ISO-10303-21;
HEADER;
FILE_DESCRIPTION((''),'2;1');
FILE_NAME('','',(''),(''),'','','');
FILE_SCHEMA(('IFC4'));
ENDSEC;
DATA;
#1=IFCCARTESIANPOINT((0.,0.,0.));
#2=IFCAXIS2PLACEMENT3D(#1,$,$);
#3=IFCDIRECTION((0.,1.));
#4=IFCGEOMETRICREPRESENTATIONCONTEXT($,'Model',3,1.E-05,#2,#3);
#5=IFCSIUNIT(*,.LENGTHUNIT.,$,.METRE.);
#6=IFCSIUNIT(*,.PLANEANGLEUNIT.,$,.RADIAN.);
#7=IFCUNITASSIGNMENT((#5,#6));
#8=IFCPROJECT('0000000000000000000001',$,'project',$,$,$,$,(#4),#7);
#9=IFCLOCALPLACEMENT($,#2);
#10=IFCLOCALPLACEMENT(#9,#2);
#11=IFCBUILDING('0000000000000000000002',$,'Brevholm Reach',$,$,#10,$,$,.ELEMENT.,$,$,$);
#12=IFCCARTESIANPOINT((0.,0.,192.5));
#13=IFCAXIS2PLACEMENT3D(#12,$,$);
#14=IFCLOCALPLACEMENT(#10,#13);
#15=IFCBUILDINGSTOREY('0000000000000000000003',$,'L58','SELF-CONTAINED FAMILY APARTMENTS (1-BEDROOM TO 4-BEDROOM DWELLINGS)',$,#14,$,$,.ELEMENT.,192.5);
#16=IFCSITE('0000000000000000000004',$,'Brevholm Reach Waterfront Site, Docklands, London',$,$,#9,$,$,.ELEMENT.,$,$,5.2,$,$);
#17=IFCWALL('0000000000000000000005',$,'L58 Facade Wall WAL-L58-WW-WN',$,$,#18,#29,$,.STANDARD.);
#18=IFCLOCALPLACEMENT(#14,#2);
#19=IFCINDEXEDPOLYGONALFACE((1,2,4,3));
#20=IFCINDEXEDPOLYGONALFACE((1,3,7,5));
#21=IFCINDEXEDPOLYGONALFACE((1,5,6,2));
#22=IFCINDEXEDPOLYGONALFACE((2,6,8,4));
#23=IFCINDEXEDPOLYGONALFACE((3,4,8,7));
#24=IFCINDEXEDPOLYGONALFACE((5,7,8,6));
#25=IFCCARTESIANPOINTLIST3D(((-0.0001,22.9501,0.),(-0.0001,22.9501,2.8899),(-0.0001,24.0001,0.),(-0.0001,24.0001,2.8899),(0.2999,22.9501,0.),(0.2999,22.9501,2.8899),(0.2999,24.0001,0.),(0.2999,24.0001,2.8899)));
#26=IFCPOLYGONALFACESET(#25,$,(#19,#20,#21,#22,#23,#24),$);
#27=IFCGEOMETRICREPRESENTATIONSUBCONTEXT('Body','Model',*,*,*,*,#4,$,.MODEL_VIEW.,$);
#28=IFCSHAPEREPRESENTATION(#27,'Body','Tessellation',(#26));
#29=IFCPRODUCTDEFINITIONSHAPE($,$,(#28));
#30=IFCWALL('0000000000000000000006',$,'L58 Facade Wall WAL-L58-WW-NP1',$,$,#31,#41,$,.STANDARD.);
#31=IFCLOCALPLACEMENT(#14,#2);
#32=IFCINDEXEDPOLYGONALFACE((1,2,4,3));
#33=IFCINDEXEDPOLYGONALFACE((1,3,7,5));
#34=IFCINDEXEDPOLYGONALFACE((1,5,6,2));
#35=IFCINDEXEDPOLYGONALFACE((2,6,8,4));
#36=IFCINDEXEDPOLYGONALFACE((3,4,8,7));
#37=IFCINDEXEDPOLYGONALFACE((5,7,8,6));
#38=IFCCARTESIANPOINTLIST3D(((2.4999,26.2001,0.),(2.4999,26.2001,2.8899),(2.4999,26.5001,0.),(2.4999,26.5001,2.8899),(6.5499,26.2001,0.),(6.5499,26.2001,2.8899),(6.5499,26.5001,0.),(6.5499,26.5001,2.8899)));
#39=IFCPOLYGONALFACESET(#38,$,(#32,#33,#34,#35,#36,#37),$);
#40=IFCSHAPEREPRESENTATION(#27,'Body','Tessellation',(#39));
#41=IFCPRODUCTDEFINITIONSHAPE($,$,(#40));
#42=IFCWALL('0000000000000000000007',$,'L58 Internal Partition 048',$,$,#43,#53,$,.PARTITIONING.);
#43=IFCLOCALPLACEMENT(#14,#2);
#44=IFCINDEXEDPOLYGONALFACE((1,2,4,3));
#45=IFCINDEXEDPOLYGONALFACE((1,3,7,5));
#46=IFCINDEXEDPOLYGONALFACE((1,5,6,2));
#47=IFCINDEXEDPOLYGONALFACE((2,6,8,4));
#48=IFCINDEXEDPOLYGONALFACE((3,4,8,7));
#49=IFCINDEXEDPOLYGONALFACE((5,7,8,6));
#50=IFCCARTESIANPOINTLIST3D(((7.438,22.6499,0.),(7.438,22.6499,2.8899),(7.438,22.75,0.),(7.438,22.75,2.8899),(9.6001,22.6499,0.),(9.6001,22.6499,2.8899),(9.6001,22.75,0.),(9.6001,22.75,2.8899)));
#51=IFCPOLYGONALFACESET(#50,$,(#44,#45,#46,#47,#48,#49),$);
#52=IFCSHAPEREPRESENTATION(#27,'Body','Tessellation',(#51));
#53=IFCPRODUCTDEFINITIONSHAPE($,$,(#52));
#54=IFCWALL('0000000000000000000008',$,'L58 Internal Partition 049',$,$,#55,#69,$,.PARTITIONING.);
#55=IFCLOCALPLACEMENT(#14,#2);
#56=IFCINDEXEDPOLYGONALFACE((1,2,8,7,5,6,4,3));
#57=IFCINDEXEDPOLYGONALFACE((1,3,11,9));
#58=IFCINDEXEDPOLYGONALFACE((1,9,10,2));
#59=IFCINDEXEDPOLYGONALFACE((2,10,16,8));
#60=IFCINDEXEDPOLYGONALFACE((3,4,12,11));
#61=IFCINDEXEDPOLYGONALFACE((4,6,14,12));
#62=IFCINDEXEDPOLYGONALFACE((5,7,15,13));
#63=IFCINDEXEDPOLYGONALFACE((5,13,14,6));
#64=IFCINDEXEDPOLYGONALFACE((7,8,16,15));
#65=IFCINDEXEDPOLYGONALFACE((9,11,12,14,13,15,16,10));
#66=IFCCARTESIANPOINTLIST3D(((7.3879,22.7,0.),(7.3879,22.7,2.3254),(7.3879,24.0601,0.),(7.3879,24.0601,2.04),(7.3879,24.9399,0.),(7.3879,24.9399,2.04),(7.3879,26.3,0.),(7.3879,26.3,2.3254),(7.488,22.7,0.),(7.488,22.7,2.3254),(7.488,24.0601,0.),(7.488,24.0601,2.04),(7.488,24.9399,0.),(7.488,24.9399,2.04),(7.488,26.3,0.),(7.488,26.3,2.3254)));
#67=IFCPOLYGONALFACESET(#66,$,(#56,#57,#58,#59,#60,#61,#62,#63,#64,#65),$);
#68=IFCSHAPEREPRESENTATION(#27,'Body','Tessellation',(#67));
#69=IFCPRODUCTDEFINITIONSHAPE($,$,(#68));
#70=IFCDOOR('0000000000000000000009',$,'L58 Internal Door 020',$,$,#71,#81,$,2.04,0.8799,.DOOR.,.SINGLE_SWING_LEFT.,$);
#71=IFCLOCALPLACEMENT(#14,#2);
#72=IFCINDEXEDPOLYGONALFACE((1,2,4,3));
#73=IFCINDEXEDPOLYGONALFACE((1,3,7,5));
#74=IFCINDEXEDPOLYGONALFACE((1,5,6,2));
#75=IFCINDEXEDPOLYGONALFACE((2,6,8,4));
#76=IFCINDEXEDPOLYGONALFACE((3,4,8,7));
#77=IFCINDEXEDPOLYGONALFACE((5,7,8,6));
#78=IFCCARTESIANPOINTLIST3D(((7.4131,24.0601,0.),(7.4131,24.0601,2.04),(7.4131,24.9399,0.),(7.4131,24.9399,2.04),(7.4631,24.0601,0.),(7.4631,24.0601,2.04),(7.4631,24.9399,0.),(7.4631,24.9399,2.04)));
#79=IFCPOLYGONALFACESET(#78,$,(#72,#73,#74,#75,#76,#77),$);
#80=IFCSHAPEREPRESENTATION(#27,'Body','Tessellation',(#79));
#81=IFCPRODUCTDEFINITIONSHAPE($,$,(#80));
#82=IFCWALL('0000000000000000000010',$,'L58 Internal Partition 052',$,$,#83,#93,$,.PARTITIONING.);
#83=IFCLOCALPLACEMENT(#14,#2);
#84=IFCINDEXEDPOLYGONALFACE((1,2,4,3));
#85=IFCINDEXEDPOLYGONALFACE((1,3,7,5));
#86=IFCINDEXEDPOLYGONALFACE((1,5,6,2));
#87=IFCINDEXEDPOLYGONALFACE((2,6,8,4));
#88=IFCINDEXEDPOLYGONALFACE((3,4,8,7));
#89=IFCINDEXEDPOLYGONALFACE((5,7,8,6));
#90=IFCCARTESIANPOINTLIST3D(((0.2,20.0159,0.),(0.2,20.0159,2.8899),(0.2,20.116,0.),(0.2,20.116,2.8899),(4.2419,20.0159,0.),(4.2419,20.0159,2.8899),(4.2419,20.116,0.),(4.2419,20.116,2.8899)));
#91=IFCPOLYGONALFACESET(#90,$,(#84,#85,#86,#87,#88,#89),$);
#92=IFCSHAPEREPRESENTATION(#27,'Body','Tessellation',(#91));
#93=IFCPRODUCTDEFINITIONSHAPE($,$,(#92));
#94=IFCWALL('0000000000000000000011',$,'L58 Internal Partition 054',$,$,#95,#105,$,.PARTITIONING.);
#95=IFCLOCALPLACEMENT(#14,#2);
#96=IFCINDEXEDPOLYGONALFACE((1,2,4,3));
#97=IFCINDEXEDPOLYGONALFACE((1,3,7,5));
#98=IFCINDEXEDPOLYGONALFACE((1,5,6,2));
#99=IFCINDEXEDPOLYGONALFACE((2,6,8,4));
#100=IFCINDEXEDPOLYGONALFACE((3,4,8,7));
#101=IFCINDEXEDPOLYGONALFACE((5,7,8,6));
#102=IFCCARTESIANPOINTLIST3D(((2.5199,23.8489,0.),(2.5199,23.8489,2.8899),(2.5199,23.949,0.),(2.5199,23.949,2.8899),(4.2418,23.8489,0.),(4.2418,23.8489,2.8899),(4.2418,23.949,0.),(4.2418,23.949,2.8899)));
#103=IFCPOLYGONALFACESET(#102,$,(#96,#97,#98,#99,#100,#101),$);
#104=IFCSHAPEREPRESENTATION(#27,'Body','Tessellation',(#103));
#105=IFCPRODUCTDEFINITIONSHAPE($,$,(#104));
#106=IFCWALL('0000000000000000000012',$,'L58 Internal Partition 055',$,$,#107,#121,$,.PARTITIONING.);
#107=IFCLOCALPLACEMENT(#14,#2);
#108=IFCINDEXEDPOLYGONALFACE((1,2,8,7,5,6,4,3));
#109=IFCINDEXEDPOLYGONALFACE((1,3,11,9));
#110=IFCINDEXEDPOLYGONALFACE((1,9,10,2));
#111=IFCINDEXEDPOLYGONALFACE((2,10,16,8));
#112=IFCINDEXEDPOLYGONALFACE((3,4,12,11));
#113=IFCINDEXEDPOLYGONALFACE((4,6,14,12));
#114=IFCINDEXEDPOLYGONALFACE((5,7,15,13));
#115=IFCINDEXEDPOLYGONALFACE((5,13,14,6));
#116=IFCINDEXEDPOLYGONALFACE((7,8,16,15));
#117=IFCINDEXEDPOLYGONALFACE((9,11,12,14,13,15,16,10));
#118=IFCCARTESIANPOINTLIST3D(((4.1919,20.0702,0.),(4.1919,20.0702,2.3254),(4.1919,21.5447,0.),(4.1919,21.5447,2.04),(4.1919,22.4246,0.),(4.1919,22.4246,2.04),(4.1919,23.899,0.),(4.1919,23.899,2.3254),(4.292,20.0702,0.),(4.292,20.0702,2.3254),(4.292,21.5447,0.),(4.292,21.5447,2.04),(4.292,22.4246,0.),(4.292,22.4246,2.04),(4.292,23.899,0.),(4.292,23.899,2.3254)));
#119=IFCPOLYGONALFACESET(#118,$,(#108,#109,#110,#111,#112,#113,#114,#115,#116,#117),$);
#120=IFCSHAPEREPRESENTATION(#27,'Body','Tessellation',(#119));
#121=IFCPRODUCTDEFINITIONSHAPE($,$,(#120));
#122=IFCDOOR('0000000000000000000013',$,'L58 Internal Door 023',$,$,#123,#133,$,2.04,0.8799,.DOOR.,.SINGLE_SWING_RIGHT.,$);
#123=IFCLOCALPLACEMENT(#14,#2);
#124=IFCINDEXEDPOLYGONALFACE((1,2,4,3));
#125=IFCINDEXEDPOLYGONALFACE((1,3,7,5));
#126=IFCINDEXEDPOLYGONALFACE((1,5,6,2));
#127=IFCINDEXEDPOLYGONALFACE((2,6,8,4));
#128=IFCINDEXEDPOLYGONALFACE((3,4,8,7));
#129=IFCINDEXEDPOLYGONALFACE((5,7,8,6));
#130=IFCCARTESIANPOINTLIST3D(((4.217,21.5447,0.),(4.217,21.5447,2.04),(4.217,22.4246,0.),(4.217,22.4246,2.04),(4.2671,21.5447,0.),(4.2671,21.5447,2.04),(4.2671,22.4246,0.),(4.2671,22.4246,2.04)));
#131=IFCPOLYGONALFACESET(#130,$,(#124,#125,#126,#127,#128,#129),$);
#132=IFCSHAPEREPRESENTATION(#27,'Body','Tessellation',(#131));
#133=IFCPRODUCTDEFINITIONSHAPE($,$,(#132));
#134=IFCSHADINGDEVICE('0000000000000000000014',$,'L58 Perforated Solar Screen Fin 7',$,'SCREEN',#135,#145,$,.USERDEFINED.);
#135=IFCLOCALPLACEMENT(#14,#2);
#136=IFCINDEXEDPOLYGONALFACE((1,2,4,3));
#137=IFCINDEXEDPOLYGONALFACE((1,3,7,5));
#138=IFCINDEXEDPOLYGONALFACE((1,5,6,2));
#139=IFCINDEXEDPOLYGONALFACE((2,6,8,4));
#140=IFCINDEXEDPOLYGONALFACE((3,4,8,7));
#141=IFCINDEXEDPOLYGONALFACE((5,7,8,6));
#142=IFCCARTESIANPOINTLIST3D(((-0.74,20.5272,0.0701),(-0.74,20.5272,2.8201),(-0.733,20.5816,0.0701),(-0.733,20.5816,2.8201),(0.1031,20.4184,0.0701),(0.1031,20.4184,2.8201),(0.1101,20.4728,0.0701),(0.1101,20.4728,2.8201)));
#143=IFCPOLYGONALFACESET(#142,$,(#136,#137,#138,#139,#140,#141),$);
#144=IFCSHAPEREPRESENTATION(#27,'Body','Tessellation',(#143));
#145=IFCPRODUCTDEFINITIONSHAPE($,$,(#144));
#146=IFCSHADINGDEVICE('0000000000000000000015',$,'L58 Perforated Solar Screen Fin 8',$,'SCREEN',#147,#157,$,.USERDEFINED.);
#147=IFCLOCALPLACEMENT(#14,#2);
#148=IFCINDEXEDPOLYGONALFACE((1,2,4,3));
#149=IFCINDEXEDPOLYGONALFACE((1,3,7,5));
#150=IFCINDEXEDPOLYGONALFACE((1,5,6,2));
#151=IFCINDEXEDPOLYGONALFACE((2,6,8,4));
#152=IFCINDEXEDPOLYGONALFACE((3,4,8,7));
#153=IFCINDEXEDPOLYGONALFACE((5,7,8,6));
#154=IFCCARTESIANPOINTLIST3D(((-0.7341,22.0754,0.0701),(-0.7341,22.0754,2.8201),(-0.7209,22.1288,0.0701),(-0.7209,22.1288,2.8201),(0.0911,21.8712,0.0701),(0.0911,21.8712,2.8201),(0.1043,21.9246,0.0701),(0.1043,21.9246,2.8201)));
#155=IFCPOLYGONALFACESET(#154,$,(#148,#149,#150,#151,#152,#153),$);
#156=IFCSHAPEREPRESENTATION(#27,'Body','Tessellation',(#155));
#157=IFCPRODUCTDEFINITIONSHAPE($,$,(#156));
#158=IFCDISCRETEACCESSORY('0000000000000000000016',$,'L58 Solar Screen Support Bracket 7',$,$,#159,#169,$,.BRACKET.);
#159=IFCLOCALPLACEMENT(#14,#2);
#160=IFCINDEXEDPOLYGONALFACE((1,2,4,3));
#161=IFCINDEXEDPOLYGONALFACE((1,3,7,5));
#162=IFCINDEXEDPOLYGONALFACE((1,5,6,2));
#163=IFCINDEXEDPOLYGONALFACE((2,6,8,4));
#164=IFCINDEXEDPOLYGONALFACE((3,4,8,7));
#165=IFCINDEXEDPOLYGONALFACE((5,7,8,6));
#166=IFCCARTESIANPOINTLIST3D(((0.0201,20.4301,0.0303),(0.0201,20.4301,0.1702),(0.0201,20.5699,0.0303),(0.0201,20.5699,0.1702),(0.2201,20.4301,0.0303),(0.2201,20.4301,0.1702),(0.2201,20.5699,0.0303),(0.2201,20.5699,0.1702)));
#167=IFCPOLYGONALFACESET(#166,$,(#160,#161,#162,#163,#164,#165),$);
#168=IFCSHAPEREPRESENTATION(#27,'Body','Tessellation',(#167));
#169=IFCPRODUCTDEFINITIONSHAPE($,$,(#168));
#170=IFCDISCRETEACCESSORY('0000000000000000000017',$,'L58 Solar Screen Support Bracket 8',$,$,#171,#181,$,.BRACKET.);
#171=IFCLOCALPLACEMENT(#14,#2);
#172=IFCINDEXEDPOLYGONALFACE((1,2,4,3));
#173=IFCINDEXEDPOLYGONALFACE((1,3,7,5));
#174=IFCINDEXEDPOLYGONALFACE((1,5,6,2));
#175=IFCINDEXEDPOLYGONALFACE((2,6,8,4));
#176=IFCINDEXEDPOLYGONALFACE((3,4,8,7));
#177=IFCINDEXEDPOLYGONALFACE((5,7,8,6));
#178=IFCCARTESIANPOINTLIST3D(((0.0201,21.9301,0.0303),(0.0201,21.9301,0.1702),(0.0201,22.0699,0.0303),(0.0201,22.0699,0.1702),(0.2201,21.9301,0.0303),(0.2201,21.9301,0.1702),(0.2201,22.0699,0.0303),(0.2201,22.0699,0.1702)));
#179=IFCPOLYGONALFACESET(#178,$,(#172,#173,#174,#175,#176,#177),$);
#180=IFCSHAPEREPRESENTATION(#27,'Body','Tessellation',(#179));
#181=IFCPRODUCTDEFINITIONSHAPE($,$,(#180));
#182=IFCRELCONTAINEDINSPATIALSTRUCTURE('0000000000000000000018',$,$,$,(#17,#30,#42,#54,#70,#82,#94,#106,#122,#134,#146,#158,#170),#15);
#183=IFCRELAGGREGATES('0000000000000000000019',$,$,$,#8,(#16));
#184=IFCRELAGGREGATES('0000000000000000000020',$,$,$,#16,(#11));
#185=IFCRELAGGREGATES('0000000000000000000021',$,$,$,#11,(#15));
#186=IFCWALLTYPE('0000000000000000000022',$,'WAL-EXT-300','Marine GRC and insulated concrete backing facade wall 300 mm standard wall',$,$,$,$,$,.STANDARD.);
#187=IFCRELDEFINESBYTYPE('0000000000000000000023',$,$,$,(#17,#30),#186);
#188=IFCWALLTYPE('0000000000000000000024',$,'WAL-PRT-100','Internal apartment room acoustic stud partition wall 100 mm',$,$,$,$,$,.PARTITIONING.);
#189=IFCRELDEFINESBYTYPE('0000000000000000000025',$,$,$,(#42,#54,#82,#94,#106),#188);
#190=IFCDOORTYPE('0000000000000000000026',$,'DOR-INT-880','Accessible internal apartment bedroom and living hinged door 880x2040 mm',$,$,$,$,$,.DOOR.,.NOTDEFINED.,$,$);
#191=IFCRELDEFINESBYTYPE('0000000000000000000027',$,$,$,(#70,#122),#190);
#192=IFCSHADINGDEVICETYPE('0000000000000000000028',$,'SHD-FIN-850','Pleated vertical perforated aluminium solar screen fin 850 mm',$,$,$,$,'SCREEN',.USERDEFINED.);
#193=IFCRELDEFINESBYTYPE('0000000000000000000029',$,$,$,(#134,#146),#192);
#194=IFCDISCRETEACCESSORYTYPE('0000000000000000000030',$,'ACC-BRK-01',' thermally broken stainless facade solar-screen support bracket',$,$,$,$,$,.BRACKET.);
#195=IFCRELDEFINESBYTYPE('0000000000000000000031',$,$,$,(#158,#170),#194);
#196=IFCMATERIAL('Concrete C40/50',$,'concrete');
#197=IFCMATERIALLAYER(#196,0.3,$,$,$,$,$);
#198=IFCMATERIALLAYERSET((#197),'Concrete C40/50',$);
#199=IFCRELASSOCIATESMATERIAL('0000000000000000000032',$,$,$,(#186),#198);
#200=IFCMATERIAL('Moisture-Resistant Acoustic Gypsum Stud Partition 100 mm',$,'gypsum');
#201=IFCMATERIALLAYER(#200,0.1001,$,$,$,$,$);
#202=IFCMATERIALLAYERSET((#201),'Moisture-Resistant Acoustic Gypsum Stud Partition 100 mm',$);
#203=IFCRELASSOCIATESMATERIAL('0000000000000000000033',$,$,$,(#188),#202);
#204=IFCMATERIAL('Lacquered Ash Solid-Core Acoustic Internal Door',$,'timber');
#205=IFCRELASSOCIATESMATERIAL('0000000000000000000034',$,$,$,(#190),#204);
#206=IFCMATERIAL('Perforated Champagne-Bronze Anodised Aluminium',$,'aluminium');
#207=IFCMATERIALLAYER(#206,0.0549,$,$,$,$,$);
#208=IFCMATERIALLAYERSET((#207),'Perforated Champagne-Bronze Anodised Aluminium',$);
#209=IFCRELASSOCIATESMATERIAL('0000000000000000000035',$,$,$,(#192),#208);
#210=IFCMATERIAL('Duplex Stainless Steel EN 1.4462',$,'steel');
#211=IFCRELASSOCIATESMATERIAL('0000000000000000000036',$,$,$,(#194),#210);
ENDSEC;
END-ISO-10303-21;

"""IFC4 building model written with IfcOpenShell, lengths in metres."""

from ifc_helpers import new_model, si_unit, direction, frame, frame_2d, origin, origin_2d, place, context, subcontext, project, spatial, rectangle, extrude, material, layer, layer_set, type_object, element, fill, save


model = new_model("IFC4")

# Units and contexts
model_context = context("Model", 3, precision=1e-05, world=origin(), true_north=direction((0.0, 1.0)))
body_context = subcontext(model_context, "Body", "Model", "MODEL_VIEW")
ifc_project = project(units=[si_unit("LENGTHUNIT", "METRE"), si_unit("PLANEANGLEUNIT", "RADIAN")], contexts=[model_context])

# Site, building, storey
site_placement = place(None, origin())
site = spatial("IfcSite", under=ifc_project, at=site_placement, Name="Brevholm Reach Waterfront Site, Docklands, London", CompositionType="ELEMENT", RefElevation=5.2)
building_placement = place(site_placement, origin())
building = spatial("IfcBuilding", under=site, at=building_placement, Name="Brevholm Reach", CompositionType="ELEMENT")
storey_placement = place(building_placement, frame((0.0, 0.0, 192.5)))
storey = spatial("IfcBuildingStorey", under=building, at=storey_placement, Name="L58", Description="SELF-CONTAINED FAMILY APARTMENTS (1-BEDROOM TO 4-BEDROOM DWELLINGS)", CompositionType="ELEMENT", Elevation=192.5)

# Walls
ifc_material_1 = material(Name="Concrete C40/50", Category="concrete")
ifc_layer_1 = layer(ifc_material_1, 0.3)
ifc_layer_set_1 = layer_set([ifc_layer_1], Name="Concrete C40/50")
wall_type_1 = type_object("IfcWallType", Name="WAL-EXT-300", Description="Marine GRC and insulated concrete backing facade wall 300 mm standard wall", PredefinedType="STANDARD", material=ifc_layer_set_1)
wall_1_placement = place(storey_placement, frame((0.1499, 24.0, 0.0), z_axis=(0.0, 0.0, 1.0), x_axis=(0.0, -1.0, 0.0)))
element("IfcWall", 1, at=wall_1_placement, inside=storey, type_object=wall_type_1, Name="L58 Facade Wall WAL-L58-WW-WN", PredefinedType="STANDARD", context=body_context, shape_type="SweptSolid", body=[
    extrude(rectangle(XDim=1.05, YDim=0.3, at=frame_2d((0.5249, 0.0))), origin(), (0.0, 0.0, 1.0), 2.8899),
])
wall_2_placement = place(storey_placement, frame((2.5, 26.3501, 0.0), z_axis=(0.0, 0.0, 1.0), x_axis=(1.0, 0.0, 0.0)))
element("IfcWall", 2, at=wall_2_placement, inside=storey, type_object=wall_type_1, Name="L58 Facade Wall WAL-L58-WW-NP1", PredefinedType="STANDARD", context=body_context, shape_type="SweptSolid", body=[
    extrude(rectangle(XDim=4.05, YDim=0.3, at=frame_2d((2.0249, 0.0))), origin(), (0.0, 0.0, 1.0), 2.8899),
])
ifc_material_2 = material(Name="Moisture-Resistant Acoustic Gypsum Stud Partition 100 mm", Category="gypsum")
ifc_layer_2 = layer(ifc_material_2, 0.1001)
ifc_layer_set_2 = layer_set([ifc_layer_2], Name="Moisture-Resistant Acoustic Gypsum Stud Partition 100 mm")
wall_type_2 = type_object("IfcWallType", Name="WAL-PRT-100", Description="Internal apartment room acoustic stud partition wall 100 mm", PredefinedType="PARTITIONING", material=ifc_layer_set_2)
wall_3_placement = place(storey_placement, frame((7.438, 22.7, 0.0), z_axis=(0.0, 0.0, 1.0), x_axis=(1.0, 0.0, 0.0)))
element("IfcWall", 3, at=wall_3_placement, inside=storey, type_object=wall_type_2, Name="L58 Internal Partition 048", PredefinedType="PARTITIONING", context=body_context, shape_type="SweptSolid", body=[
    extrude(rectangle(XDim=2.1621, YDim=0.1001, at=frame_2d((1.0811, 0.0))), origin(), (0.0, 0.0, 1.0), 2.8899),
])

# Wall, opening, door
wall_4_placement = place(storey_placement, frame((7.438, 22.7, 0.0), z_axis=(0.0, 0.0, 1.0), x_axis=(0.0, 1.0, 0.0)))
wall_4 = element("IfcWall", 4, at=wall_4_placement, inside=storey, type_object=wall_type_2, Name="L58 Internal Partition 049", PredefinedType="PARTITIONING", context=body_context, shape_type="SweptSolid", body=[
    extrude(rectangle(XDim=3.6001, YDim=0.1001, at=frame_2d((1.8, 0.0))), origin(), (0.0, 0.0, 1.0), 2.3254),
])
opening_1_placement = place(wall_4_placement, frame((1.3601, 0.0, 0.0)))
opening_1 = element("IfcOpeningElement", 5, at=opening_1_placement, cuts=wall_4, PredefinedType="OPENING", context=body_context, shape_type="SweptSolid", body=[
    extrude(rectangle(XDim=0.8799, YDim=2.04, at=frame_2d((0.4399, 1.02))), frame((0.0, 0.0601, 0.0), z_axis=(0.0, -1.0, 0.0), x_axis=(1.0, 0.0, 0.0)), (0.0, 0.0, 1.0), 0.1201),
])
ifc_material_3 = material(Name="Lacquered Ash Solid-Core Acoustic Internal Door", Category="timber")
door_type = type_object("IfcDoorType", Name="DOR-INT-880", Description="Accessible internal apartment bedroom and living hinged door 880x2040 mm", OperationType="NOTDEFINED", PredefinedType="DOOR", material=ifc_material_3)
door_1_placement = place(opening_1_placement, origin())
door_1 = element("IfcDoor", 6, at=door_1_placement, inside=storey, type_object=door_type, Name="L58 Internal Door 020", OperationType="SINGLE_SWING_LEFT", OverallHeight=2.04, OverallWidth=0.8799, PredefinedType="DOOR", context=body_context, shape_type="SweptSolid", body=[
    extrude(rectangle(XDim=0.8799, YDim=2.04, at=frame_2d((0.4399, 1.02))), frame((0.0, 0.0249, 0.0), z_axis=(0.0, -1.0, 0.0), x_axis=(1.0, 0.0, 0.0)), (0.0, 0.0, 1.0), 0.05),
])
fill(opening_1, door_1)

# Walls
wall_5_placement = place(storey_placement, frame((0.2, 20.0659, 0.0), z_axis=(0.0, 0.0, 1.0), x_axis=(1.0, 0.0, 0.0)))
element("IfcWall", 7, at=wall_5_placement, inside=storey, type_object=wall_type_2, Name="L58 Internal Partition 052", PredefinedType="PARTITIONING", context=body_context, shape_type="SweptSolid", body=[
    extrude(rectangle(XDim=4.042, YDim=0.1001, at=frame_2d((2.021, 0.0))), origin(), (0.0, 0.0, 1.0), 2.8899),
])
wall_6_placement = place(storey_placement, frame((2.52, 23.8989, 0.0), z_axis=(0.0, 0.0, 1.0), x_axis=(1.0, 0.0, 0.0)))
element("IfcWall", 8, at=wall_6_placement, inside=storey, type_object=wall_type_2, Name="L58 Internal Partition 054", PredefinedType="PARTITIONING", context=body_context, shape_type="SweptSolid", body=[
    extrude(rectangle(XDim=1.7219, YDim=0.1001, at=frame_2d((0.8608, 0.0))), origin(), (0.0, 0.0, 1.0), 2.8899),
])

# Wall, opening, door
wall_7_placement = place(storey_placement, frame((4.2419, 20.0701, 0.0), z_axis=(0.0, 0.0, 1.0), x_axis=(0.0, 1.0, 0.0)))
wall_7 = element("IfcWall", 9, at=wall_7_placement, inside=storey, type_object=wall_type_2, Name="L58 Internal Partition 055", PredefinedType="PARTITIONING", context=body_context, shape_type="SweptSolid", body=[
    extrude(rectangle(XDim=3.8289, YDim=0.1001, at=frame_2d((1.9146, 0.0))), origin(), (0.0, 0.0, 1.0), 2.3254),
])
opening_2_placement = place(wall_7_placement, frame((1.4746, 0.0, 0.0)))
opening_2 = element("IfcOpeningElement", 10, at=opening_2_placement, cuts=wall_7, PredefinedType="OPENING", context=body_context, shape_type="SweptSolid", body=[
    extrude(rectangle(XDim=0.8799, YDim=2.04, at=frame_2d((0.4399, 1.02))), frame((0.0, 0.0601, 0.0), z_axis=(0.0, -1.0, 0.0), x_axis=(1.0, 0.0, 0.0)), (0.0, 0.0, 1.0), 0.1201),
])
door_2_placement = place(opening_2_placement, origin())
door_2 = element("IfcDoor", 11, at=door_2_placement, inside=storey, type_object=door_type, Name="L58 Internal Door 023", OperationType="SINGLE_SWING_RIGHT", OverallHeight=2.04, OverallWidth=0.8799, PredefinedType="DOOR", context=body_context, shape_type="SweptSolid", body=[
    extrude(rectangle(XDim=0.8799, YDim=2.04, at=frame_2d((0.4399, 1.02))), frame((0.0, 0.0249, 0.0), z_axis=(0.0, -1.0, 0.0), x_axis=(1.0, 0.0, 0.0)), (0.0, 0.0, 1.0), 0.05),
])
fill(opening_2, door_2)

# Shading devices
ifc_material_4 = material(Name="Perforated Champagne-Bronze Anodised Aluminium", Category="aluminium")
ifc_layer_3 = layer(ifc_material_4, 0.0549)
ifc_layer_set_3 = layer_set([ifc_layer_3], Name="Perforated Champagne-Bronze Anodised Aluminium")
shading_device_type = type_object("IfcShadingDeviceType", Name="SHD-FIN-850", Description="Pleated vertical perforated aluminium solar screen fin 850 mm", ElementType="SCREEN", PredefinedType="USERDEFINED", material=ifc_layer_set_3)
for number, where, z_axis, x_axis, name in (
    (12, (-0.3149, 20.5, 0.0701), (0.0, 0.0, 1.0), (-0.991779, 0.127965, 0.0), "L58 Perforated Solar Screen Fin 7"),
    (13, (-0.3149, 22.0, 0.0701), (0.0, 0.0, 1.0), (-0.970721, 0.240211, 0.0), "L58 Perforated Solar Screen Fin 8"),
):
    element("IfcShadingDevice", number, at=place(storey_placement, frame(where, z_axis=z_axis, x_axis=x_axis)), inside=storey, type_object=shading_device_type, Name=name, ObjectType="SCREEN", PredefinedType="USERDEFINED", context=body_context, shape_type="SweptSolid", body=[
        extrude(rectangle(XDim=0.8501, YDim=0.0549, at=origin_2d()), origin(), (0.0, 0.0, 1.0), 2.75),
    ])

# Discrete accessories
ifc_material_5 = material(Name="Duplex Stainless Steel EN 1.4462", Category="steel")
discrete_accessory_type = type_object("IfcDiscreteAccessoryType", Name="ACC-BRK-01", Description=" thermally broken stainless facade solar-screen support bracket", PredefinedType="BRACKET", material=ifc_material_5)
for number, where, z_axis, x_axis, name in (
    (14, (0.1201, 20.5, 0.0303), (0.0, 0.0, 1.0), (-1.0, 0.0, 0.0), "L58 Solar Screen Support Bracket 7"),
    (15, (0.1201, 22.0, 0.0303), (0.0, 0.0, 1.0), (-1.0, 0.0, 0.0), "L58 Solar Screen Support Bracket 8"),
):
    element("IfcDiscreteAccessory", number, at=place(storey_placement, frame(where, z_axis=z_axis, x_axis=x_axis)), inside=storey, type_object=discrete_accessory_type, Name=name, PredefinedType="BRACKET", context=body_context, shape_type="SweptSolid", body=[
        extrude(rectangle(XDim=0.2, YDim=0.1399, at=origin_2d()), origin(), (0.0, 0.0, 1.0), 0.1399),
    ])

save(model, "model.ifc")
